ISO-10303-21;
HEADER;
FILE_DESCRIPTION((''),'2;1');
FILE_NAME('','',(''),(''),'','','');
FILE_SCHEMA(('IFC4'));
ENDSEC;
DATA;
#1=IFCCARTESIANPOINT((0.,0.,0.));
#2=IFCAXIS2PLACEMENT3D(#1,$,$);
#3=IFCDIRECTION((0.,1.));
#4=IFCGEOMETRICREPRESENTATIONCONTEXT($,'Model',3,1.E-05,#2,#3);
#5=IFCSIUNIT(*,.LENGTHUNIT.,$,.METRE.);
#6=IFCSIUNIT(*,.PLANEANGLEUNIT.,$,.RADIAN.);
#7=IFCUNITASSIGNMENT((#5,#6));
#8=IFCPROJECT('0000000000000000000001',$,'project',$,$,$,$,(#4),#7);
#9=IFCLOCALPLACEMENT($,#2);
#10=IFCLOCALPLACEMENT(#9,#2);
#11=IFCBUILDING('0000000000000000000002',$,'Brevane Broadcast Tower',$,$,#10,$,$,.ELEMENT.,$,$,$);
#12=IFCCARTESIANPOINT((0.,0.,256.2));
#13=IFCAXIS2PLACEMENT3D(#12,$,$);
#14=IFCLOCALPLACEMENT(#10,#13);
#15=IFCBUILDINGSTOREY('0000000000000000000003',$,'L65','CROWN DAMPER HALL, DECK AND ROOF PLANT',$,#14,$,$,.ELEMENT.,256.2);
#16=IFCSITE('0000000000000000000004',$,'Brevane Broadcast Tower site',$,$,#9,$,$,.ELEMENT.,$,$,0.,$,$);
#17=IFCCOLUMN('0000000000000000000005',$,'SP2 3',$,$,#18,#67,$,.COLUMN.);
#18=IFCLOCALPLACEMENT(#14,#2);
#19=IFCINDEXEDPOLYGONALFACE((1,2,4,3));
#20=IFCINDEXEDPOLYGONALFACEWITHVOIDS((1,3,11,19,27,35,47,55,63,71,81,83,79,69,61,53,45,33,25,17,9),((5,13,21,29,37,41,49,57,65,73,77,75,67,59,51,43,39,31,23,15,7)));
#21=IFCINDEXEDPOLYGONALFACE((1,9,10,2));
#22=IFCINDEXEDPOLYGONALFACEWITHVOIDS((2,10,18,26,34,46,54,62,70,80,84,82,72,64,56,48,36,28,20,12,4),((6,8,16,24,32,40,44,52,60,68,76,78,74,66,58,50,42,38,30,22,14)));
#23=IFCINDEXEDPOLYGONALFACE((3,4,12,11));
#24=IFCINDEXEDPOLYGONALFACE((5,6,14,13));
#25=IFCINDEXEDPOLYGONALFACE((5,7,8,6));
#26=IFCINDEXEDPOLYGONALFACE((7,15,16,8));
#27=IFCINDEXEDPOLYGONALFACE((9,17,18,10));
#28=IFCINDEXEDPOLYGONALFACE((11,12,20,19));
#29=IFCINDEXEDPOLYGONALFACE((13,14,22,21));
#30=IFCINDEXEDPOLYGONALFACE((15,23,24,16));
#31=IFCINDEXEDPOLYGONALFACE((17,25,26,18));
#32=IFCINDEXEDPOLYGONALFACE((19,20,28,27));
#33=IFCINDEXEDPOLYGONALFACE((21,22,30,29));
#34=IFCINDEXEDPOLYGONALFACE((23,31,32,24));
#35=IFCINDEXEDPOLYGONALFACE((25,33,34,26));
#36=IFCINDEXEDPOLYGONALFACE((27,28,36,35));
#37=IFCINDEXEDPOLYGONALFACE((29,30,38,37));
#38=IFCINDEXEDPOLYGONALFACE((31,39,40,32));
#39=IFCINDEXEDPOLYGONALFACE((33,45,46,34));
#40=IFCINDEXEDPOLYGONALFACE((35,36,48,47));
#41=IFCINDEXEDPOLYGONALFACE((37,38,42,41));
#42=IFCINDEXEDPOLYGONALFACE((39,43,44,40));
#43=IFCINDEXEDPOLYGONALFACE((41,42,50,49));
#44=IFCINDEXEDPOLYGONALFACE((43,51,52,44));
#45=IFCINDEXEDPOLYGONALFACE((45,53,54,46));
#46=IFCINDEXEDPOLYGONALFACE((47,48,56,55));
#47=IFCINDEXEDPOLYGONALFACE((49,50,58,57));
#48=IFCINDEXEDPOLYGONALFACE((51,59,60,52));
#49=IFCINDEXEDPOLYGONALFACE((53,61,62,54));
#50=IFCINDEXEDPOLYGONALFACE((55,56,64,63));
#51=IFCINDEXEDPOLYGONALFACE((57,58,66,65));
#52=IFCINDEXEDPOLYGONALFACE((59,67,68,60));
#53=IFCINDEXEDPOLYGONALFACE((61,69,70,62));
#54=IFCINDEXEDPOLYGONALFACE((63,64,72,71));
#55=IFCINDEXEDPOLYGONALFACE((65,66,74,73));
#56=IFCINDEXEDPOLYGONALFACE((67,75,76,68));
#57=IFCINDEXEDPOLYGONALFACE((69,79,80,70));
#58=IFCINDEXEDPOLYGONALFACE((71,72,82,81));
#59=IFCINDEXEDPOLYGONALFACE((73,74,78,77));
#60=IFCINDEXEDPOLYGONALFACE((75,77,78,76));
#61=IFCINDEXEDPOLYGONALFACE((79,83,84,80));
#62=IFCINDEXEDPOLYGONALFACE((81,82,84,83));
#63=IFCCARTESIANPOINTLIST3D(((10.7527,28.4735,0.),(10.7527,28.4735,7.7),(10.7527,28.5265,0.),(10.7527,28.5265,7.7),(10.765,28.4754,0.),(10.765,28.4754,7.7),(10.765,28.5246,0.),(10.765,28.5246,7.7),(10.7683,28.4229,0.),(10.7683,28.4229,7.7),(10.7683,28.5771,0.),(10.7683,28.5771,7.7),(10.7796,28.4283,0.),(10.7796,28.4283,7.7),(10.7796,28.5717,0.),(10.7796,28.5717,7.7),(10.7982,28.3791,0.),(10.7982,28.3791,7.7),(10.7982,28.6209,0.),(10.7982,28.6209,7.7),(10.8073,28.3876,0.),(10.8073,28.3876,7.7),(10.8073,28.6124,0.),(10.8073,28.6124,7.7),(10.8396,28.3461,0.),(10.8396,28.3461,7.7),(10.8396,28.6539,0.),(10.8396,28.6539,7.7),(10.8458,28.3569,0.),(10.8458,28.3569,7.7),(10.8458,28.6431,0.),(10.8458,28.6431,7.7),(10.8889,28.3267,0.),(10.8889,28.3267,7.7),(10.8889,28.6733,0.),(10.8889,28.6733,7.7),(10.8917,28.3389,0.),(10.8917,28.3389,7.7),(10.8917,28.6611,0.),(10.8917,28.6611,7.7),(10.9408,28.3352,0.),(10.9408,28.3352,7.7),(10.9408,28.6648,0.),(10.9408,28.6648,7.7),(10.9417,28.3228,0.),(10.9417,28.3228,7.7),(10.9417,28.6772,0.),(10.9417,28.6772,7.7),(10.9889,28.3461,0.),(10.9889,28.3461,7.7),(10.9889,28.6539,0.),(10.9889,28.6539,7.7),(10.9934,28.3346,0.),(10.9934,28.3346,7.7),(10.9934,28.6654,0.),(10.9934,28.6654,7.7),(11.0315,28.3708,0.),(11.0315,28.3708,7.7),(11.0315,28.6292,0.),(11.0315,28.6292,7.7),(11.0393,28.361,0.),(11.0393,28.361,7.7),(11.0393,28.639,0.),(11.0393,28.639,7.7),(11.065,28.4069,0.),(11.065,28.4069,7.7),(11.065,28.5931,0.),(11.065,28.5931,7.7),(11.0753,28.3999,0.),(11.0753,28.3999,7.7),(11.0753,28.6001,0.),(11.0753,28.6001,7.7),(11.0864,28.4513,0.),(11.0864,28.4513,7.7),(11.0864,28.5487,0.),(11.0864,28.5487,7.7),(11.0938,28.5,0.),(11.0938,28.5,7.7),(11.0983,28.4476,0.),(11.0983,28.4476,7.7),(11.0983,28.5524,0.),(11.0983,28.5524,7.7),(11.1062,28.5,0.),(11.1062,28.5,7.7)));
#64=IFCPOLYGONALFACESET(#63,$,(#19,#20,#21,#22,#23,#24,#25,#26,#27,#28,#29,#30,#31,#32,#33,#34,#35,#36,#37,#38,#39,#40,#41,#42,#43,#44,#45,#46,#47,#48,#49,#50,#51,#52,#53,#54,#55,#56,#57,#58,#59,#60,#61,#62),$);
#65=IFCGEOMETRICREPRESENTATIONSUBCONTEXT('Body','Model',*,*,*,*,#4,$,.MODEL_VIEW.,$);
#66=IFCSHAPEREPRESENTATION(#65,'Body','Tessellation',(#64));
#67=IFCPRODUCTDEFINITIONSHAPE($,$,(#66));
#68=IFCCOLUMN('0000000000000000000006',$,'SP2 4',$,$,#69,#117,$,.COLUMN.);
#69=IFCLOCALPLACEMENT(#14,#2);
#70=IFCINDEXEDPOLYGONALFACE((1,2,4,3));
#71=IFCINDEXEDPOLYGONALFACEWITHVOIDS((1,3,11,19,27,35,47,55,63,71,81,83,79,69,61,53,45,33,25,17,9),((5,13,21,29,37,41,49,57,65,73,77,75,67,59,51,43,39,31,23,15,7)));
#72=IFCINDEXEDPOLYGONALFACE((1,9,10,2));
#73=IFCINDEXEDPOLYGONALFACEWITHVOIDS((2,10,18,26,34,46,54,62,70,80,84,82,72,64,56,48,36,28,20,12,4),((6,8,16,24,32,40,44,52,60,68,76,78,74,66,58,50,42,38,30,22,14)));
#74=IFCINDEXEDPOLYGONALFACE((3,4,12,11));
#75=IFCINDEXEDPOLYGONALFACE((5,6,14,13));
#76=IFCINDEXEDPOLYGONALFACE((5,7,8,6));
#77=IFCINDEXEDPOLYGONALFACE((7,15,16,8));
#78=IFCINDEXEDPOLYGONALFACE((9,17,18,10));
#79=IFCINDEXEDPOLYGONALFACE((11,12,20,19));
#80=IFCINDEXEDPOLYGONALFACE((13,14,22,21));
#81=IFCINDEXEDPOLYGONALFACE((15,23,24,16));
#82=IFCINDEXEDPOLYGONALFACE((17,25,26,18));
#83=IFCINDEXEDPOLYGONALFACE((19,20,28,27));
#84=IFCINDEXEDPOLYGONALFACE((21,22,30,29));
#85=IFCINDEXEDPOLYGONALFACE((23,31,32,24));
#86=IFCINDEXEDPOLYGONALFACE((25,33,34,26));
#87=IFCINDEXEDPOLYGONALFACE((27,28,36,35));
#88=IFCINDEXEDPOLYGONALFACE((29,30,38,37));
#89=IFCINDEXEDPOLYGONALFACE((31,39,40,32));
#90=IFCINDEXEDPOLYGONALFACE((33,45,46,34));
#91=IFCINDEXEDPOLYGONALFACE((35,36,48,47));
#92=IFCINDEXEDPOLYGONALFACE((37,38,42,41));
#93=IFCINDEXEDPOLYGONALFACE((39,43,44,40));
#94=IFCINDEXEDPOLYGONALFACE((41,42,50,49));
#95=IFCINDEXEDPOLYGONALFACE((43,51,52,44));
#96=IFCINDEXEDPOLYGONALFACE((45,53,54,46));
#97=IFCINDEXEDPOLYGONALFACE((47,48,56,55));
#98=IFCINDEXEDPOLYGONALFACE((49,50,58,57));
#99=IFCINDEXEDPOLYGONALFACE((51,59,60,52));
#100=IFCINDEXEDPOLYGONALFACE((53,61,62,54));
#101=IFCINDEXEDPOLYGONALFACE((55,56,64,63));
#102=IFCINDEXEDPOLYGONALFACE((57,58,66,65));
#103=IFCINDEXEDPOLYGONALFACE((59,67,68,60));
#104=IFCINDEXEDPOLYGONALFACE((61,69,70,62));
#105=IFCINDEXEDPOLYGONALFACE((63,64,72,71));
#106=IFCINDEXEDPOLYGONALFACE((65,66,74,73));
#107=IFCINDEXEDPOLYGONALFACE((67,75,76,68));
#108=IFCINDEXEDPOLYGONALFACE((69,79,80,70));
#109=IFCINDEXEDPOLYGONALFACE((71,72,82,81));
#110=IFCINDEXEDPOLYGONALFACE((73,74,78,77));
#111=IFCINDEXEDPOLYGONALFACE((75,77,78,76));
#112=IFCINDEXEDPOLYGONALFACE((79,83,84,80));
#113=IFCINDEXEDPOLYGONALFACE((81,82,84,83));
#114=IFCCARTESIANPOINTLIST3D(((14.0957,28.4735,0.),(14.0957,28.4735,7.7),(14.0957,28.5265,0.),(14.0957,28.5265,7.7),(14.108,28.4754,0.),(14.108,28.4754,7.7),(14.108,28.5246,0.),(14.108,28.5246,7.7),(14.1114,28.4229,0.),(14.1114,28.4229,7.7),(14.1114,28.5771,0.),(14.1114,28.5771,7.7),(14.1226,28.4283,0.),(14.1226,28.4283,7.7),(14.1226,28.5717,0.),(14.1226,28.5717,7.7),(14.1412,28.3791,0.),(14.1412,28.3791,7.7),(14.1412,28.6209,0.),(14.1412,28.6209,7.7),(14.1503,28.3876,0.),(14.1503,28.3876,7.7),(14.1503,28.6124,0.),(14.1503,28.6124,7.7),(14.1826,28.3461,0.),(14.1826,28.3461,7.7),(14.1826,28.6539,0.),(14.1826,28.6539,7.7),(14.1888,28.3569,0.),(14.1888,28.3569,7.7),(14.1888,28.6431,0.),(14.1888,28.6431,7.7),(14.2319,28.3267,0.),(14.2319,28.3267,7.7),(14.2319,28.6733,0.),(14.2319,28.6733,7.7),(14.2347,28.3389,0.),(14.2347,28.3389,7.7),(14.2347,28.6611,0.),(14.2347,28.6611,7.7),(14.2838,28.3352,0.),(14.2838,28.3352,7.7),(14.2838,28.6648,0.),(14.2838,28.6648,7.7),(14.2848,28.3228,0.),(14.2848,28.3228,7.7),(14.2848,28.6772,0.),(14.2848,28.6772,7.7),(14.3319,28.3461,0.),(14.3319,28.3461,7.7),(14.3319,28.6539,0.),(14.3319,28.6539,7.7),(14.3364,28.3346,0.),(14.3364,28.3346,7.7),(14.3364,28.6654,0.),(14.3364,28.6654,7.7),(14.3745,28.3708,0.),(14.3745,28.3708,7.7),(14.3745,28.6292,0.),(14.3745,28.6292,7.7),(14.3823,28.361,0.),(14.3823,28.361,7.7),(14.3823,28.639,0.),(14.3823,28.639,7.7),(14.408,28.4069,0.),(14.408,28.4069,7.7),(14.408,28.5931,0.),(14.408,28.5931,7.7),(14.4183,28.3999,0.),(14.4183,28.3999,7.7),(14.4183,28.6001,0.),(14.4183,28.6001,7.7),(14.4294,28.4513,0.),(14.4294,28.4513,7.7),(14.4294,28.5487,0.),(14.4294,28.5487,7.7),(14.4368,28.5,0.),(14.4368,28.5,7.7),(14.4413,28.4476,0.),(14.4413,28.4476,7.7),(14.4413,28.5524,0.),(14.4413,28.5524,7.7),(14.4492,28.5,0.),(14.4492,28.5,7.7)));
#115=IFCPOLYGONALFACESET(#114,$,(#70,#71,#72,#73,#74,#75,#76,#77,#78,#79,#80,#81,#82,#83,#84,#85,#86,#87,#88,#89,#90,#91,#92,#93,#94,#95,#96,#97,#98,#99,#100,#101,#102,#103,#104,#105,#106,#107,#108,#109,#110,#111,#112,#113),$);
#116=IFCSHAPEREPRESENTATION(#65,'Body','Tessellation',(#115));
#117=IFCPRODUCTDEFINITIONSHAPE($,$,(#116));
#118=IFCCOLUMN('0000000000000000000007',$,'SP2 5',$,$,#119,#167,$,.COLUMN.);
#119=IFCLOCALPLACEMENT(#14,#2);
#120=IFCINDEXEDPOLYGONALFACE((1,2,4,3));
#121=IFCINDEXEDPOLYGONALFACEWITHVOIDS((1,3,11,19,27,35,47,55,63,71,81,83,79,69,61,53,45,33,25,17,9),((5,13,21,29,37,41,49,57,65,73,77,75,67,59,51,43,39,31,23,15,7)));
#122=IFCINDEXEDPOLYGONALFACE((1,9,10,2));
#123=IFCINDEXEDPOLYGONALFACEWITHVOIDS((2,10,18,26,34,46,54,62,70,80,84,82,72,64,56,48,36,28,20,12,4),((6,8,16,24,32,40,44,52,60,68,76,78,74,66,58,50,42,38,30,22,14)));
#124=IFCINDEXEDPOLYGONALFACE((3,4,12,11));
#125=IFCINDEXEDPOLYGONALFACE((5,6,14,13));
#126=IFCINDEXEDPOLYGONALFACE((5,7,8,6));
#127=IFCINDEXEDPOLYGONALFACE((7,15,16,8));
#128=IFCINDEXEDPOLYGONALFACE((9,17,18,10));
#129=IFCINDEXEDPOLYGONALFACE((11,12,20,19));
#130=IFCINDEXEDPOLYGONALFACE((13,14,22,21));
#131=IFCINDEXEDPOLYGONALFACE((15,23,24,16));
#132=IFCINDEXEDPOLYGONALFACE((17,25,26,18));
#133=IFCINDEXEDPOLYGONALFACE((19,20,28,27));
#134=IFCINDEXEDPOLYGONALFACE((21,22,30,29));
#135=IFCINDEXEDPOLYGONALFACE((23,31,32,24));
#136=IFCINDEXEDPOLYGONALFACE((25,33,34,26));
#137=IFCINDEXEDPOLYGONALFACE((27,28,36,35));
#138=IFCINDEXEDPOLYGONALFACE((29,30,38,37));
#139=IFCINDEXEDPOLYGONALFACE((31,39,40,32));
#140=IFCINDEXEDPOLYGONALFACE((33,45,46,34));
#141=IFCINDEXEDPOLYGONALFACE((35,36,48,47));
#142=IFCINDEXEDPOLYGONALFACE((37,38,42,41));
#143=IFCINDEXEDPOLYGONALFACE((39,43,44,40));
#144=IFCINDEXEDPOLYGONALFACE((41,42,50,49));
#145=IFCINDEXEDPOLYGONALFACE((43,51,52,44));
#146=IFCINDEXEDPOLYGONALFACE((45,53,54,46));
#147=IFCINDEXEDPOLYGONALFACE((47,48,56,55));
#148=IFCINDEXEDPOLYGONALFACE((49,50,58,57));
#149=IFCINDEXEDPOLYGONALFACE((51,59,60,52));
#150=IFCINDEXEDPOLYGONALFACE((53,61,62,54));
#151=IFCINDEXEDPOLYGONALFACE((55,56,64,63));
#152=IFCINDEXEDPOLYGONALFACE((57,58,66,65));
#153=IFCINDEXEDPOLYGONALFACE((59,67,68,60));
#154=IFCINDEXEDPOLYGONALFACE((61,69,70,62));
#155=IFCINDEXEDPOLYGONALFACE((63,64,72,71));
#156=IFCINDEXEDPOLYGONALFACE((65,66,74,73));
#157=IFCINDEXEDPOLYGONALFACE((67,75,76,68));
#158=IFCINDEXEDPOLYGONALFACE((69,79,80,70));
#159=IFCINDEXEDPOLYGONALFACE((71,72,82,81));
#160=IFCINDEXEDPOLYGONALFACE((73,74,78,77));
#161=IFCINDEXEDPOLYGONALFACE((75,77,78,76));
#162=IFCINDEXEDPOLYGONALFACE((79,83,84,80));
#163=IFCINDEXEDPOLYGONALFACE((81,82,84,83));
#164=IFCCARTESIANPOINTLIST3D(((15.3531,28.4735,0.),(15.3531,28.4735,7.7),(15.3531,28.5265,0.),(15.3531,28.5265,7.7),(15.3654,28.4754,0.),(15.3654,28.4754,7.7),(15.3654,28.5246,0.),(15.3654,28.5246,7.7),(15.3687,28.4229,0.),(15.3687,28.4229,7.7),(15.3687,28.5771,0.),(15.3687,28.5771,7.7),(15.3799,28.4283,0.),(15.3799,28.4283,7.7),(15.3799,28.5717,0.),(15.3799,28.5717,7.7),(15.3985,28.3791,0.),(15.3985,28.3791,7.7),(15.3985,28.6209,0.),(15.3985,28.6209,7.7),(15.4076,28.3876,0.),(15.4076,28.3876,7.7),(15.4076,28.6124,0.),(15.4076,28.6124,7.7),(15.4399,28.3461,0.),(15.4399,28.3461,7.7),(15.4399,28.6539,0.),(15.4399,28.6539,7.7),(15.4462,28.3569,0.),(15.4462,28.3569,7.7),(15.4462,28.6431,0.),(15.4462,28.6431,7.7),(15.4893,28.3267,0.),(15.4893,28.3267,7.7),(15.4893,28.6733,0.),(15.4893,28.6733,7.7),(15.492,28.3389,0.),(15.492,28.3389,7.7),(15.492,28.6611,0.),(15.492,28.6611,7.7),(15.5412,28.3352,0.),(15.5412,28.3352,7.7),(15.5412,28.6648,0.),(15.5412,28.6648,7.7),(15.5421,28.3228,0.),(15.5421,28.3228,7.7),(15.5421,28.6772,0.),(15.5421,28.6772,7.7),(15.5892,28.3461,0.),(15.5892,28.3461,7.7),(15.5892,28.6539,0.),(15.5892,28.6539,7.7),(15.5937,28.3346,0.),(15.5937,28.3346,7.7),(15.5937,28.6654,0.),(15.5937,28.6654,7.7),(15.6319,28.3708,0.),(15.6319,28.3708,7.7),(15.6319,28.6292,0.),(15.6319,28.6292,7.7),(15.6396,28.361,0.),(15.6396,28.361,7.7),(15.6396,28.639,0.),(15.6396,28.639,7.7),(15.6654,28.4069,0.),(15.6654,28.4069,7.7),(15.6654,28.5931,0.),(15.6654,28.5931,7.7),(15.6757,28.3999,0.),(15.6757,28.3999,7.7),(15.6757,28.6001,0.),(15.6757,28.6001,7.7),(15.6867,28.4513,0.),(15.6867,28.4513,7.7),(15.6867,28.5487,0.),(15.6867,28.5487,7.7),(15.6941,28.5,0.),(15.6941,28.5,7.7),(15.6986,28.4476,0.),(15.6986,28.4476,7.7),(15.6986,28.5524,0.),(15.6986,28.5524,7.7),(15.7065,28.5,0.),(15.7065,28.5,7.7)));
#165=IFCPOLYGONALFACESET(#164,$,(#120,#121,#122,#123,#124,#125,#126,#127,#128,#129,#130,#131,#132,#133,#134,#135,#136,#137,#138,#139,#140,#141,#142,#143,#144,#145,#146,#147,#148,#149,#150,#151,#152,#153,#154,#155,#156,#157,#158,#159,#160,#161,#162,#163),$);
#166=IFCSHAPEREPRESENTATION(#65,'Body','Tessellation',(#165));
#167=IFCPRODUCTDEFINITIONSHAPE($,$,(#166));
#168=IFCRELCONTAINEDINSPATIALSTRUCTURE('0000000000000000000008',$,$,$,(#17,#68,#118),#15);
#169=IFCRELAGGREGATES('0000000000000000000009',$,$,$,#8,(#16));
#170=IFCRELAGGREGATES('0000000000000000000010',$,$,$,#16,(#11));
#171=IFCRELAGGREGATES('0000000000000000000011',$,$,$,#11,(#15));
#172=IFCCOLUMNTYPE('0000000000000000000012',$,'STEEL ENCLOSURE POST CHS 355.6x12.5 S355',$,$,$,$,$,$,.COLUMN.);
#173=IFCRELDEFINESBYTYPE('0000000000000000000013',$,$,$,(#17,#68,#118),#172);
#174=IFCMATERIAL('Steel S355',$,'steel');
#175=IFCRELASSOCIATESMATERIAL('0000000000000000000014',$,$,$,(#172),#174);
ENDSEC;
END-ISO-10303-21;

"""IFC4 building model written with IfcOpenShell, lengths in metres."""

from ifc_helpers import new_model, si_unit, direction, frame, origin, origin_2d, place, context, subcontext, project, spatial, hollow_circle, extrude, material, material_profile, profile_set, type_object, element, save


model = new_model("IFC4")

# Units and contexts
model_context = context("Model", 3, precision=1e-05, world=origin(), true_north=direction((0.0, 1.0)))
body_context = subcontext(model_context, "Body", "Model", "MODEL_VIEW")
ifc_project = project(units=[si_unit("LENGTHUNIT", "METRE"), si_unit("PLANEANGLEUNIT", "RADIAN")], contexts=[model_context])

# Site, building, storey
site_placement = place(None, origin())
site = spatial("IfcSite", under=ifc_project, at=site_placement, Name="Brevane Broadcast Tower site", CompositionType="ELEMENT", RefElevation=0.0)
building_placement = place(site_placement, origin())
building = spatial("IfcBuilding", under=site, at=building_placement, Name="Brevane Broadcast Tower", CompositionType="ELEMENT")
storey_placement = place(building_placement, frame((0.0, 0.0, 256.2)))
storey = spatial("IfcBuildingStorey", under=building, at=storey_placement, Name="L65", Description="CROWN DAMPER HALL, DECK AND ROOF PLANT", CompositionType="ELEMENT", Elevation=256.2)

# Columns
ifc_material_1 = material(Name="Steel S355", Category="steel")
ifc_material_profile_1 = material_profile(ifc_material_1, hollow_circle(Radius=0.1777, WallThickness=0.0125, at=origin_2d()), Name="CHS 355.6x12.5")
ifc_profile_set_1 = profile_set([ifc_material_profile_1], Name="Steel S355")
column_type = type_object("IfcColumnType", Name="STEEL ENCLOSURE POST CHS 355.6x12.5 S355", PredefinedType="COLUMN", material=ifc_profile_set_1)
for number, where, z_axis, x_axis, name in (
    (1, (10.9285, 28.5, 0.0), (0.0, 0.0, 1.0), (1.0, 0.0, 0.0), "SP2 3"),
    (2, (14.2715, 28.5, 0.0), (0.0, 0.0, 1.0), (1.0, 0.0, 0.0), "SP2 4"),
    (3, (15.5288, 28.5, 0.0), (0.0, 0.0, 1.0), (1.0, 0.0, 0.0), "SP2 5"),
):
    element("IfcColumn", number, at=place(storey_placement, frame(where, z_axis=z_axis, x_axis=x_axis)), inside=storey, type_object=column_type, Name=name, PredefinedType="COLUMN", context=body_context, shape_type="SweptSolid", body=[
        extrude(hollow_circle(Radius=0.1777, WallThickness=0.0125, at=origin_2d()), origin(), (0.0, 0.0, 1.0), 7.7),
    ])

save(model, "model.ifc")
